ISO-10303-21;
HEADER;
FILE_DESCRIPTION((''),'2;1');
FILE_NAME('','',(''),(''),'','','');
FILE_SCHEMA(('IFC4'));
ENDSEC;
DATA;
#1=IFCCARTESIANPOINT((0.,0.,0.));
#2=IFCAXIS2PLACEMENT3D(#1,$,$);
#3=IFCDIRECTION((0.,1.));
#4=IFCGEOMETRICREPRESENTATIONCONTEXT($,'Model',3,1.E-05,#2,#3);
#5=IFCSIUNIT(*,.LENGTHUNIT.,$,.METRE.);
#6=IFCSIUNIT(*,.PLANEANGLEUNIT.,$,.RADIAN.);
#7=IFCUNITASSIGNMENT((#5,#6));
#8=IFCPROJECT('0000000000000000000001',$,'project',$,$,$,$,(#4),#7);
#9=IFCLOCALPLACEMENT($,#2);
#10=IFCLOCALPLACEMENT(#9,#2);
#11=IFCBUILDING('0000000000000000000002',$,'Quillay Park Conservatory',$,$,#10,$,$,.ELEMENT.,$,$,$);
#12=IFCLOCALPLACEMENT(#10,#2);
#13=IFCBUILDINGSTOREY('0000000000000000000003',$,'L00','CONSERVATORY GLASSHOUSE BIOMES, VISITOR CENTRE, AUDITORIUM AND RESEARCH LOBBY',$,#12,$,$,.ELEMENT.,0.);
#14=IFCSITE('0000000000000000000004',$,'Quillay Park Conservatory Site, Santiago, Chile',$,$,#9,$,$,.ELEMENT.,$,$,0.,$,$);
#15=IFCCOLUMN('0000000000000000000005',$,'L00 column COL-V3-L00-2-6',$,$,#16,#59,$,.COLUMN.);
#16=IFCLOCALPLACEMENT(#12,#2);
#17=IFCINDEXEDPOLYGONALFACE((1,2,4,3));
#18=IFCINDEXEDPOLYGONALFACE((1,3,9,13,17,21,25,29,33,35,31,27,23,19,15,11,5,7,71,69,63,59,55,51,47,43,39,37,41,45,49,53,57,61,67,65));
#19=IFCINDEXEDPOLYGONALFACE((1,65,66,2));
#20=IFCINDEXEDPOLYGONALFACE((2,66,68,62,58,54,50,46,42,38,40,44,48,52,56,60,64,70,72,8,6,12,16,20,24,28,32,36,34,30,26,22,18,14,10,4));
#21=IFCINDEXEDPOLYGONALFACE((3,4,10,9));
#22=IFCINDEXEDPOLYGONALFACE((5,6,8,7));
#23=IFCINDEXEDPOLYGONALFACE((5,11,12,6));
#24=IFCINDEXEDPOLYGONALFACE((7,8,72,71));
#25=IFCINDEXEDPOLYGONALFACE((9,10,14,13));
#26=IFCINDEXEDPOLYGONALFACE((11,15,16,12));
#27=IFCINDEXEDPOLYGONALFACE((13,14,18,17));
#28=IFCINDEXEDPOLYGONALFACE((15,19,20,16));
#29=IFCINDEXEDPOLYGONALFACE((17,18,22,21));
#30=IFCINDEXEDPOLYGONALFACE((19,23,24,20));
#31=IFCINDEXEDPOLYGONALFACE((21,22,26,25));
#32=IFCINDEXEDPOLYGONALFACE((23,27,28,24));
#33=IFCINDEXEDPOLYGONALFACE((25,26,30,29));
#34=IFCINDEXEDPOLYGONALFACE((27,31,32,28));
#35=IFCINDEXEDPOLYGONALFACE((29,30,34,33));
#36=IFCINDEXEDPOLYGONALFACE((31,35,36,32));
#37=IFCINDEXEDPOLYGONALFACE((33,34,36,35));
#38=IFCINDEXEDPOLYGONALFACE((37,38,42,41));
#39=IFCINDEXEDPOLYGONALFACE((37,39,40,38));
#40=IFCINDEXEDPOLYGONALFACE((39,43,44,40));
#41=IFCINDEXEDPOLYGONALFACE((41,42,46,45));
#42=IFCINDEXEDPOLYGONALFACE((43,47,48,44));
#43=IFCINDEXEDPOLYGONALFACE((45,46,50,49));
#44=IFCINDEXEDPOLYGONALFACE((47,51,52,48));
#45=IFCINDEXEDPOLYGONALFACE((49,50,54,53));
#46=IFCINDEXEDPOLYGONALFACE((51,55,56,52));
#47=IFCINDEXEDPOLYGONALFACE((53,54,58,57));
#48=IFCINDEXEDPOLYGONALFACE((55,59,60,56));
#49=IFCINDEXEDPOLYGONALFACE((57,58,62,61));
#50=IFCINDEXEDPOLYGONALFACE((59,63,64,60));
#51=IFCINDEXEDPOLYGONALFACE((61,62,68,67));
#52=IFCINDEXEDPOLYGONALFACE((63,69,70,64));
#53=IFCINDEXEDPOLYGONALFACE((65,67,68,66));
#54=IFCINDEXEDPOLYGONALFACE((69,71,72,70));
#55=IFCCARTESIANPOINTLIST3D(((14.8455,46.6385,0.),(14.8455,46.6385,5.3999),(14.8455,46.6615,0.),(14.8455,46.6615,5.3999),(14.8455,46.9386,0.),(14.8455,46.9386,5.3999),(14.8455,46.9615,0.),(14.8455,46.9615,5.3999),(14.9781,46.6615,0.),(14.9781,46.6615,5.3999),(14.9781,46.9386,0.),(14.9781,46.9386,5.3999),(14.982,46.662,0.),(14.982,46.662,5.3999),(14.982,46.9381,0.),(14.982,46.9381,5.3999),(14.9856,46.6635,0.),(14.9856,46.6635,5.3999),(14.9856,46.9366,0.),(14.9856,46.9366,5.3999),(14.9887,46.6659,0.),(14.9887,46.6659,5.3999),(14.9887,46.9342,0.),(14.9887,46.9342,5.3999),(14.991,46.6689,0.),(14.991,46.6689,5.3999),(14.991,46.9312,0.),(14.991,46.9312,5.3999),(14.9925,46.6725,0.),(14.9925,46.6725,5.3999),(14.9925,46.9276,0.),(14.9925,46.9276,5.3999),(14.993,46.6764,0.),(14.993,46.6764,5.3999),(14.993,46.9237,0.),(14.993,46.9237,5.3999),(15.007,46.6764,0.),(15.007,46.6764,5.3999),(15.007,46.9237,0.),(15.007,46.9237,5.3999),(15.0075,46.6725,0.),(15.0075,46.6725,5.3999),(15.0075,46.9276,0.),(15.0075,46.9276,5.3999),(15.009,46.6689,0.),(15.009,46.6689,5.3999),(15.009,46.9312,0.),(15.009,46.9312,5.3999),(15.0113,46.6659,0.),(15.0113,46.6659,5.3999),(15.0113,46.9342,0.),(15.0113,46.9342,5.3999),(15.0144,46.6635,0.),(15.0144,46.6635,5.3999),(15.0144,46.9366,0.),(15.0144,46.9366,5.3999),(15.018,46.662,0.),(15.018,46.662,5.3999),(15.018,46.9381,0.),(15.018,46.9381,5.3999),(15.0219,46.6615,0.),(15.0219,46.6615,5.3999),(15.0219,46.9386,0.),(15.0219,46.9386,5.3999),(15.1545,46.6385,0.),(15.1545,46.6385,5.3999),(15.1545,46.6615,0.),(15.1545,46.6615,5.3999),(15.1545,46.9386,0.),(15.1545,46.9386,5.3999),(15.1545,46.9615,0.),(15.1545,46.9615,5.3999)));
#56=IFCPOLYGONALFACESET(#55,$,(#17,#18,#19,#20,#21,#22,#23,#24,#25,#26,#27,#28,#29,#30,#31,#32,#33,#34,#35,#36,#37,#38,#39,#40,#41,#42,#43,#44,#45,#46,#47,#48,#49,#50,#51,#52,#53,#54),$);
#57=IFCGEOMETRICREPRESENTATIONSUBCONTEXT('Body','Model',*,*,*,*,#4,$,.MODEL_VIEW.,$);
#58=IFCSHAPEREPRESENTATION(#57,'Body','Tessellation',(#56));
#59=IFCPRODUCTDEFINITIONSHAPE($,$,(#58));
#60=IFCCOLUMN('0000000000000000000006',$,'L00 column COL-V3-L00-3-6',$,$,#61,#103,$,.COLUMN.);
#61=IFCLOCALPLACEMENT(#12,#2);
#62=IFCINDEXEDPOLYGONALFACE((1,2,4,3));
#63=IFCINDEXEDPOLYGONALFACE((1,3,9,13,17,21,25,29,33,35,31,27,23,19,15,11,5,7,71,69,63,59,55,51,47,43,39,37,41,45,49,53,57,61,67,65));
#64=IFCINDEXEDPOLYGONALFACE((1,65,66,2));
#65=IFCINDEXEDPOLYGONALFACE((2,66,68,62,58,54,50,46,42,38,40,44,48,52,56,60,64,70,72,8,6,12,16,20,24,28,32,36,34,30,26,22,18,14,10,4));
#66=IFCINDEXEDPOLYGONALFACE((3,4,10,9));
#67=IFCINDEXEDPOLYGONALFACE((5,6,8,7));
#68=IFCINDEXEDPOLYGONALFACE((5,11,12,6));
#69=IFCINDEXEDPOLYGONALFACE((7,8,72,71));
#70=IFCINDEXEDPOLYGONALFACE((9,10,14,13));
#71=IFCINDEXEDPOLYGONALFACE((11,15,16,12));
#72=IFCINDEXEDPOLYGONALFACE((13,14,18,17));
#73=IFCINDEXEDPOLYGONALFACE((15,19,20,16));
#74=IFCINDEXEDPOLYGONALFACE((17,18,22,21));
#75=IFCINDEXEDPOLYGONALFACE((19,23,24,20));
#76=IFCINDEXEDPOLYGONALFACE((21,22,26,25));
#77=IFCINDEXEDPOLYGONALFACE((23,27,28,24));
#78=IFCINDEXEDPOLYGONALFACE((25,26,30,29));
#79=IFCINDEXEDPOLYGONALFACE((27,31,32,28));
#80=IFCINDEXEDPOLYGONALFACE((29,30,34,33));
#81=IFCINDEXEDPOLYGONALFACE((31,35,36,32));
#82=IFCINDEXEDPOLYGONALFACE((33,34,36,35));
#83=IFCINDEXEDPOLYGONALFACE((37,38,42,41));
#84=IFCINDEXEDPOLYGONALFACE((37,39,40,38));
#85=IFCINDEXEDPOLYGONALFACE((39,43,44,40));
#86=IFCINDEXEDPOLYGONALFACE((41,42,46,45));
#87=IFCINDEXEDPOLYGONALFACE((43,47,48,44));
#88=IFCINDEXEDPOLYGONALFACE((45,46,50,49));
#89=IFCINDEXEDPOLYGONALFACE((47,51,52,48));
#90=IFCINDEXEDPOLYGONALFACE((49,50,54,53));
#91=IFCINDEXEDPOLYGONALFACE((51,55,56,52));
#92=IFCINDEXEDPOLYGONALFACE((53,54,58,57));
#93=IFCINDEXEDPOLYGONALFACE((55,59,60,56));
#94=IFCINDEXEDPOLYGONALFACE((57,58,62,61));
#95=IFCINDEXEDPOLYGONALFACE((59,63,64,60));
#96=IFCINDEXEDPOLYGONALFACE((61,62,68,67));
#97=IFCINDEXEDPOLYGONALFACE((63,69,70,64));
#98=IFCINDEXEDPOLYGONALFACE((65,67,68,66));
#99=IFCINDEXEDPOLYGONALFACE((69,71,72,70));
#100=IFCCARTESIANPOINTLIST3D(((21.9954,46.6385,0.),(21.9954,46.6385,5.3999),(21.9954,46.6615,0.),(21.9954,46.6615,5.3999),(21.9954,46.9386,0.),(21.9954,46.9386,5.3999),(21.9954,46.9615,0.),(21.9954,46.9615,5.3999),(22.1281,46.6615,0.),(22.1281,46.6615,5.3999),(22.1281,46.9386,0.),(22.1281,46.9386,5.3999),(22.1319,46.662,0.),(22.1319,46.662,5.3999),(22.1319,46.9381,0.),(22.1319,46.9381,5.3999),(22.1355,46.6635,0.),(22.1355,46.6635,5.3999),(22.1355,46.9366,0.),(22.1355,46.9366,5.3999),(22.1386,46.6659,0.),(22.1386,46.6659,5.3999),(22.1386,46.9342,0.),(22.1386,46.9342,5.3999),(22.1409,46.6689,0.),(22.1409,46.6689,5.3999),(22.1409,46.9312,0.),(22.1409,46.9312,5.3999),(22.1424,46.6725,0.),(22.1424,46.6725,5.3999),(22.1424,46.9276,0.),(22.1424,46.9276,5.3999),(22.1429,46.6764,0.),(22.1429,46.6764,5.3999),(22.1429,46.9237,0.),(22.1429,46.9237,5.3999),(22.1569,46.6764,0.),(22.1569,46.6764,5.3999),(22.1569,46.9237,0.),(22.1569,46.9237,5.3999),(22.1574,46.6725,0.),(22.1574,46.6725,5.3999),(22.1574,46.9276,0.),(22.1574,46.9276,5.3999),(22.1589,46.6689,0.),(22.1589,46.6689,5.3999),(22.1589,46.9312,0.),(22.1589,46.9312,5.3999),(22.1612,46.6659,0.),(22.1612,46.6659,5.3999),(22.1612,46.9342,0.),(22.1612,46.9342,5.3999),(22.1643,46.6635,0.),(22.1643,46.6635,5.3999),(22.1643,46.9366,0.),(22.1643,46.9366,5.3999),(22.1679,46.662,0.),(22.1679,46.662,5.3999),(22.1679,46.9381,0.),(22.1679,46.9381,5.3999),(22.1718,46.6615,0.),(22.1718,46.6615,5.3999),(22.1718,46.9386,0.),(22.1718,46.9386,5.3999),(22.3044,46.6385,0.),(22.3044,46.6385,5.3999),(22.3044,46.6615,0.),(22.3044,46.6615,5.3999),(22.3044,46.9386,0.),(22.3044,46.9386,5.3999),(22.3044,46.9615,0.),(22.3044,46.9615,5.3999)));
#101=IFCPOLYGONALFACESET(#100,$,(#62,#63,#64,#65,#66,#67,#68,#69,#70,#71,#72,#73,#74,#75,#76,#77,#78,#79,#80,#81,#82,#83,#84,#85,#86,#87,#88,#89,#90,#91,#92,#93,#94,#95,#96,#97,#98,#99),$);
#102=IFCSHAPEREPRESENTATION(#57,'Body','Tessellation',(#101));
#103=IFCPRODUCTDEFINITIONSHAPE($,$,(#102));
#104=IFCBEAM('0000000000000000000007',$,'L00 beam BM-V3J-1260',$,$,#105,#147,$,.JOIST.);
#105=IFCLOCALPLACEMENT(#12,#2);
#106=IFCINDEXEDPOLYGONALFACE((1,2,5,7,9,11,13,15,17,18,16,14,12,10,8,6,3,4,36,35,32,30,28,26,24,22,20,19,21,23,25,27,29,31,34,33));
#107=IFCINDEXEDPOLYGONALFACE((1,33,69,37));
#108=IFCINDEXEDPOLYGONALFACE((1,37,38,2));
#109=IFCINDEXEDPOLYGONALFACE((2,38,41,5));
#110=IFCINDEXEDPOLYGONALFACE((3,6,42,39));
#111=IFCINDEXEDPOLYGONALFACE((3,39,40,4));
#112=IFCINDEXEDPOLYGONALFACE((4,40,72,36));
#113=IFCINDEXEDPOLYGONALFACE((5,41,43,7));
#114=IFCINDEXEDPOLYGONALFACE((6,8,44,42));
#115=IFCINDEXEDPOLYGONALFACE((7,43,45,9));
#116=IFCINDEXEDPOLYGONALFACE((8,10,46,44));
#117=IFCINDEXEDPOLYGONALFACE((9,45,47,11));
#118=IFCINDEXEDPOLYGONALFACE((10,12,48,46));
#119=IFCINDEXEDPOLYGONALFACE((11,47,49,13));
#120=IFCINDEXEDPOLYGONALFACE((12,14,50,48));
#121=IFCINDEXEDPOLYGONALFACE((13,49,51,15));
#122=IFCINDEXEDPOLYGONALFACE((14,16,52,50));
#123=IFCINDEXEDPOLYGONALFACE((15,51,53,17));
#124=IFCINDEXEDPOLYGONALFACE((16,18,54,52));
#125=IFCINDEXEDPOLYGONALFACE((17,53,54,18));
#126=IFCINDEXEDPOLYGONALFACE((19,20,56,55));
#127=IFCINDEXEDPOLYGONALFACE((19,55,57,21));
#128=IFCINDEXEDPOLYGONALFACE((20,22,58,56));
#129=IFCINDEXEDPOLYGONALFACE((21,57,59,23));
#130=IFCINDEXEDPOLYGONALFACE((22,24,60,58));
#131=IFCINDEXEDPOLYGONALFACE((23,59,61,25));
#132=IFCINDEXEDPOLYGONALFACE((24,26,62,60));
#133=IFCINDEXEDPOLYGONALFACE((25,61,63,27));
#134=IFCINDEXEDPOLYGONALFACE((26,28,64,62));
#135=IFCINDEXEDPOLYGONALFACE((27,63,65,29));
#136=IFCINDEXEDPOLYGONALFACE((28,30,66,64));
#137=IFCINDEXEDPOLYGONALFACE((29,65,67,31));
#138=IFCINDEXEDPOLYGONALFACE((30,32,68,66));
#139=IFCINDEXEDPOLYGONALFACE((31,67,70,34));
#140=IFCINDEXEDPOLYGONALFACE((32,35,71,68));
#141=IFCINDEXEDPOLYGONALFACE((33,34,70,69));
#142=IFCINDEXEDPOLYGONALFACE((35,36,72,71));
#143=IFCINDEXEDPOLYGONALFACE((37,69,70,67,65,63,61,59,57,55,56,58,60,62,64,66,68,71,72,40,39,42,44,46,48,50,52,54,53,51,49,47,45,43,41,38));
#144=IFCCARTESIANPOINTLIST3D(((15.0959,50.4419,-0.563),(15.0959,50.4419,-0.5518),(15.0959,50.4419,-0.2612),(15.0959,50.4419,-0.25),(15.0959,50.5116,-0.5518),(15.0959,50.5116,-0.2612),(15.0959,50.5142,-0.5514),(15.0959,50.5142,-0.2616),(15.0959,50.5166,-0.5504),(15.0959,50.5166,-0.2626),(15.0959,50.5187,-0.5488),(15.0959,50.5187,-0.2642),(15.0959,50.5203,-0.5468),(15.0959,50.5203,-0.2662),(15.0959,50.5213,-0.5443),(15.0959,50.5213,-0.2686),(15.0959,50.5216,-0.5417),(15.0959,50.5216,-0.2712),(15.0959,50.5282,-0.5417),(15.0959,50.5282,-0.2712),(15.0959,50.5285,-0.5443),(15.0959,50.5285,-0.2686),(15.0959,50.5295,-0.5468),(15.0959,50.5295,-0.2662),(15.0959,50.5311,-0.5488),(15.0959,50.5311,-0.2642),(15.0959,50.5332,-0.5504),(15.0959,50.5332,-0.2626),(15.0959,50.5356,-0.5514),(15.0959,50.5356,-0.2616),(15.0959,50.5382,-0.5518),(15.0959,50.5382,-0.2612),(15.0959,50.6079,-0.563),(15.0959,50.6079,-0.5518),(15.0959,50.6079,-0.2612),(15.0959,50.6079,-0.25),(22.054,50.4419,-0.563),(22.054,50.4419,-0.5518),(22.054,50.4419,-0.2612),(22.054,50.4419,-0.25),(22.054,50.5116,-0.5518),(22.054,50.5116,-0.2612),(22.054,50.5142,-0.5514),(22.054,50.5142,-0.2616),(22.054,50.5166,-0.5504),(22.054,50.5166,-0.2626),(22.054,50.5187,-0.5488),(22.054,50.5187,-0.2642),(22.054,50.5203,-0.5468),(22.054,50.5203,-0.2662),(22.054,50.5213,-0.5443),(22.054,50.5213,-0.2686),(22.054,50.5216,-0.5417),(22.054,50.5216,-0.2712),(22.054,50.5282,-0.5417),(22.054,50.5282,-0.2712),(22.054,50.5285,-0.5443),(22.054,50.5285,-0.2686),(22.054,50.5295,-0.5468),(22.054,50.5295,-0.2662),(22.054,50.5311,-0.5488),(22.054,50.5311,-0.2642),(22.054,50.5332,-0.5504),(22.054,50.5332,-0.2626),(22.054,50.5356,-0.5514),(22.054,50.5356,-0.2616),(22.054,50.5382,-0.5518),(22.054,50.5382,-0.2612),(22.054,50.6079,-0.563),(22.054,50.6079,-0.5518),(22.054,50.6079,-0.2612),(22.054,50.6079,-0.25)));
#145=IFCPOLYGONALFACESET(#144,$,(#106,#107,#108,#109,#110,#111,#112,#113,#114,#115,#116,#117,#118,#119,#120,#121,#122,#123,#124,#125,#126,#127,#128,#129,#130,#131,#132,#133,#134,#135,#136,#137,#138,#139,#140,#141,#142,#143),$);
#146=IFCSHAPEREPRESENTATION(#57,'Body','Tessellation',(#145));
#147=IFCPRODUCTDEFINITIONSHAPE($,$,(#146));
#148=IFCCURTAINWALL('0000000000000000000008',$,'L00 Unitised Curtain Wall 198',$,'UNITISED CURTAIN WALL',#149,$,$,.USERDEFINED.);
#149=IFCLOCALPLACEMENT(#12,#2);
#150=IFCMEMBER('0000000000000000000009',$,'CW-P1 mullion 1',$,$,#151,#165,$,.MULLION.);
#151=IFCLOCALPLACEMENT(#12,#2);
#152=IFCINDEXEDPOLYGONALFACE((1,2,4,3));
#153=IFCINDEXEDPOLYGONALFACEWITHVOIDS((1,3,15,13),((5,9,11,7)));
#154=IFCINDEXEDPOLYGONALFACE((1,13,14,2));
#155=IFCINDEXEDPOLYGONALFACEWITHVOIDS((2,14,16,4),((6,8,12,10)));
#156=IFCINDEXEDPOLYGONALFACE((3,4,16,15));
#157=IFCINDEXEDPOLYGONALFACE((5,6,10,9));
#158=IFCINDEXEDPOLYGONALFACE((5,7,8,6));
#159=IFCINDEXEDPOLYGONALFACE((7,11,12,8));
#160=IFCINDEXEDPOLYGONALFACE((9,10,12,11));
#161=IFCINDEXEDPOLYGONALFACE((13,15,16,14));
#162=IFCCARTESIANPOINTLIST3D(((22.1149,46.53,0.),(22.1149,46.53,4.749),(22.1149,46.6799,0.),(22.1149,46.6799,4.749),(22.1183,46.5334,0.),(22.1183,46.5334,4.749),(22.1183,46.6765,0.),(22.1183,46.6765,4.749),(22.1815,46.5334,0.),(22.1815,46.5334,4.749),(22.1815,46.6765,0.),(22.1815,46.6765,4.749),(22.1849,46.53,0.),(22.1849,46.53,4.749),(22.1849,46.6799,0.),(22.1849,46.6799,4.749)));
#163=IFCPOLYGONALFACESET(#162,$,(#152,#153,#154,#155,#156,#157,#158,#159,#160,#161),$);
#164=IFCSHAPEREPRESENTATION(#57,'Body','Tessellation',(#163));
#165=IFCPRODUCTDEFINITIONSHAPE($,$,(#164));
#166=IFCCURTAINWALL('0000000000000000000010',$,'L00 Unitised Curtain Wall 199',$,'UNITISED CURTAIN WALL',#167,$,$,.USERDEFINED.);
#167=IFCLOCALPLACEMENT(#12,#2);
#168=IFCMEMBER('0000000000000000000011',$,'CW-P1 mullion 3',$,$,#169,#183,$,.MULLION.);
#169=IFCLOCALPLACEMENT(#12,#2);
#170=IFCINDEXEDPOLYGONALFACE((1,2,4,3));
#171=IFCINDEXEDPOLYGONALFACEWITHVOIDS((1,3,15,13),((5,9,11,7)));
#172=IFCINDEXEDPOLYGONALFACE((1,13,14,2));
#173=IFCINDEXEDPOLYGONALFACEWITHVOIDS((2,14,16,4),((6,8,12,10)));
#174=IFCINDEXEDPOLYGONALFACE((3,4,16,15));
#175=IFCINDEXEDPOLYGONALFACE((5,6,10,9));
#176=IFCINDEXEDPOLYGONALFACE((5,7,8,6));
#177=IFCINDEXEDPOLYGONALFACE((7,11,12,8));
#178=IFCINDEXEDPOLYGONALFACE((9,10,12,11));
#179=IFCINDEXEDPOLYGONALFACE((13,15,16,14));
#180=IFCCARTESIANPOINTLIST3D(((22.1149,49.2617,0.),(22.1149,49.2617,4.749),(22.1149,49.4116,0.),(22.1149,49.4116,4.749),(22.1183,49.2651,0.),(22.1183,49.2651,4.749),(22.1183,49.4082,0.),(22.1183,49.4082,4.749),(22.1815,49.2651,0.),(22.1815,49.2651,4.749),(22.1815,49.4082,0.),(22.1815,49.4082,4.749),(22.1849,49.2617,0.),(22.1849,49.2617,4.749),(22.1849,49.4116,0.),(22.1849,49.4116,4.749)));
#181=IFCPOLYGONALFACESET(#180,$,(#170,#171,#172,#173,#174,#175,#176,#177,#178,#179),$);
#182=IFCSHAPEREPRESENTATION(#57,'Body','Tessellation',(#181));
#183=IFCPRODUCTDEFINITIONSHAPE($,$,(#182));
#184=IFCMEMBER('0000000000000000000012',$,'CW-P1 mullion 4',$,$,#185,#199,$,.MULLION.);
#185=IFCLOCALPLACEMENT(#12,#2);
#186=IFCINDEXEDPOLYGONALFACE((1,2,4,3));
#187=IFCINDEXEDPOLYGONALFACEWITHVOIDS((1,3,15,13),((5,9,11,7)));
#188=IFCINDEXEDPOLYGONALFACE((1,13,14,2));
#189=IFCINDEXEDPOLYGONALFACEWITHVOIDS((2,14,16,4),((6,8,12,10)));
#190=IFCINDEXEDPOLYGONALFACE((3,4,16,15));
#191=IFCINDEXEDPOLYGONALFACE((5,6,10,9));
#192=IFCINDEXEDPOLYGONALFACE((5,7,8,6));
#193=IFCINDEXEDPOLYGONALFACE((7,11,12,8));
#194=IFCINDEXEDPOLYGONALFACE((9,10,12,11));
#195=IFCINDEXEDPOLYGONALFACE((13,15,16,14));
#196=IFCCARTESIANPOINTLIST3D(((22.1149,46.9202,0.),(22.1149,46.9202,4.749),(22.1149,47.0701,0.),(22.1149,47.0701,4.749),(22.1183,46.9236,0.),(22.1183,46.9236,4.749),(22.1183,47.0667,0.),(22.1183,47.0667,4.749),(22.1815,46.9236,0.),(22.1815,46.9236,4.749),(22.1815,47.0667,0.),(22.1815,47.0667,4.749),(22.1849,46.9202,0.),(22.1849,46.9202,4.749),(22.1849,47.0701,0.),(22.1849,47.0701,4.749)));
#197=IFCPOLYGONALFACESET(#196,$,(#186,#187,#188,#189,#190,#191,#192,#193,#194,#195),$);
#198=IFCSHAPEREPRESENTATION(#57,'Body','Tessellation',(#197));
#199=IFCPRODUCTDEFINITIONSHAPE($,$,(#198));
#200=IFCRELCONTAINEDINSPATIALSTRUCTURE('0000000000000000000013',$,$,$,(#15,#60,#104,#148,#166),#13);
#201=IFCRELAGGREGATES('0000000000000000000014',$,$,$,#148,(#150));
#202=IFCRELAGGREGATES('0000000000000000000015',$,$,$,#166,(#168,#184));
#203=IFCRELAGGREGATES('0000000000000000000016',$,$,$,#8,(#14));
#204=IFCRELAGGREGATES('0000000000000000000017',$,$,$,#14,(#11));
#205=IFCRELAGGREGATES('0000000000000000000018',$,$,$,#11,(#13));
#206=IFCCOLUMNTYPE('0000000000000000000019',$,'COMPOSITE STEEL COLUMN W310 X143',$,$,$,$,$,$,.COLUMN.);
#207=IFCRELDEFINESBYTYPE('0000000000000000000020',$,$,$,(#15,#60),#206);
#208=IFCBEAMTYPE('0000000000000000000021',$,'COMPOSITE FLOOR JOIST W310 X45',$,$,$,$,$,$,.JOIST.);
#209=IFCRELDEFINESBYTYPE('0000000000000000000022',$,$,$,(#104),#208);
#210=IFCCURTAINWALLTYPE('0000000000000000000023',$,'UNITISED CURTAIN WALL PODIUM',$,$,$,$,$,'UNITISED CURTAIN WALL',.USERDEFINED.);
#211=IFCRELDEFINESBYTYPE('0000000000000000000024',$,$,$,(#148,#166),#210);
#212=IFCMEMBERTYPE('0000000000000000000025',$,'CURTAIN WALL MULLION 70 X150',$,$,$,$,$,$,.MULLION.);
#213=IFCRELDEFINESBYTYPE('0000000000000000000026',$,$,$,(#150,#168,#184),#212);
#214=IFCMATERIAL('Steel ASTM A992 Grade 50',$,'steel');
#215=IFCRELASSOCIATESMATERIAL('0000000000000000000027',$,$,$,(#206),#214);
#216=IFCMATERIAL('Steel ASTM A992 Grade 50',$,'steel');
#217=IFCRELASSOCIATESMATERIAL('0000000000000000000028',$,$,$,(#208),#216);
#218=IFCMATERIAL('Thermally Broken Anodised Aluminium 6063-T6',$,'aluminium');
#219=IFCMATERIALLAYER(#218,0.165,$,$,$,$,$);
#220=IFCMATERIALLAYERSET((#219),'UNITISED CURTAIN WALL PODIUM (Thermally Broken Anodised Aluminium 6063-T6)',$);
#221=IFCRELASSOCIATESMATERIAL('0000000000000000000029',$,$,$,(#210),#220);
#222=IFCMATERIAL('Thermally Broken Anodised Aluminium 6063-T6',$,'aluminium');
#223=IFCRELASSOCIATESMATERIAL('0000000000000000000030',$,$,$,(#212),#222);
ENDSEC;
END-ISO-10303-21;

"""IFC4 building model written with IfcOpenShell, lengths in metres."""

from ifc_helpers import new_model, si_unit, direction, frame, origin, origin_2d, place, context, subcontext, project, spatial, hollow_rectangle, i_section, extrude, material, layer, layer_set, material_profile, profile_set, type_object, element, aggregate, save


model = new_model("IFC4")

# Units and contexts
model_context = context("Model", 3, precision=1e-05, world=origin(), true_north=direction((0.0, 1.0)))
body_context = subcontext(model_context, "Body", "Model", "MODEL_VIEW")
ifc_project = project(units=[si_unit("LENGTHUNIT", "METRE"), si_unit("PLANEANGLEUNIT", "RADIAN")], contexts=[model_context])

# Site, building, storey
site_placement = place(None, origin())
site = spatial("IfcSite", under=ifc_project, at=site_placement, Name="Quillay Park Conservatory Site, Santiago, Chile", CompositionType="ELEMENT", RefElevation=0.0)
building_placement = place(site_placement, origin())
building = spatial("IfcBuilding", under=site, at=building_placement, Name="Quillay Park Conservatory", CompositionType="ELEMENT")
storey_placement = place(building_placement, origin())
storey = spatial("IfcBuildingStorey", under=building, at=storey_placement, Name="L00", Description="CONSERVATORY GLASSHOUSE BIOMES, VISITOR CENTRE, AUDITORIUM AND RESEARCH LOBBY", CompositionType="ELEMENT", Elevation=0.0)

# Columns
ifc_material_1 = material(Name="Steel ASTM A992 Grade 50", Category="steel")
ifc_material_profile_1 = material_profile(ifc_material_1, i_section(OverallWidth=0.3091, OverallDepth=0.323, WebThickness=0.0139, FlangeThickness=0.0229, FilletRadius=0.0149, at=origin_2d()), Name="W310x143")
ifc_profile_set_1 = profile_set([ifc_material_profile_1], Name="Steel ASTM A992 Grade 50")
column_type = type_object("IfcColumnType", Name="COMPOSITE STEEL COLUMN W310 X143", PredefinedType="COLUMN", material=ifc_profile_set_1)
for number, where, z_axis, x_axis, name in (
    (1, (15.0, 46.8, 0.0), (0.0, 0.0, 1.0), (1.0, 0.0, 0.0), "L00 column COL-V3-L00-2-6"),
    (2, (22.1499, 46.8, 0.0), (0.0, 0.0, 1.0), (1.0, 0.0, 0.0), "L00 column COL-V3-L00-3-6"),
):
    element("IfcColumn", number, at=place(storey_placement, frame(where, z_axis=z_axis, x_axis=x_axis)), inside=storey, type_object=column_type, Name=name, PredefinedType="COLUMN", context=body_context, shape_type="SweptSolid", body=[
        extrude(i_section(OverallWidth=0.3091, OverallDepth=0.323, WebThickness=0.0139, FlangeThickness=0.0229, FilletRadius=0.0149, at=origin_2d()), origin(), (0.0, 0.0, 1.0), 5.3999),
    ])

# Beam
ifc_material_2 = material(Name="Steel ASTM A992 Grade 50", Category="steel")
ifc_material_profile_2 = material_profile(ifc_material_2, i_section(OverallWidth=0.166, OverallDepth=0.313, WebThickness=0.0066, FlangeThickness=0.0112, FilletRadius=0.01, at=origin_2d()), Name="W310x45")
ifc_profile_set_2 = profile_set([ifc_material_profile_2], Name="Steel ASTM A992 Grade 50")
beam_type_1 = type_object("IfcBeamType", Name="COMPOSITE FLOOR JOIST W310 X45", PredefinedType="JOIST", material=ifc_profile_set_2)
beam_1_placement = place(storey_placement, frame((15.0959, 50.5249, -0.4065), z_axis=(1.0, 0.0, 0.0), x_axis=(0.0, 1.0, 0.0)))
element("IfcBeam", 3, at=beam_1_placement, inside=storey, type_object=beam_type_1, Name="L00 beam BM-V3J-1260", PredefinedType="JOIST", context=body_context, shape_type="SweptSolid", body=[
    extrude(i_section(OverallWidth=0.166, OverallDepth=0.313, WebThickness=0.0066, FlangeThickness=0.0112, FilletRadius=0.01, at=origin_2d()), origin(), (0.0, 0.0, 1.0), 6.958),
])

# Curtain wall, member
ifc_material_3 = material(Name="Thermally Broken Anodised Aluminium 6063-T6", Category="aluminium")
ifc_layer_1 = layer(ifc_material_3, 0.165)
ifc_layer_set_1 = layer_set([ifc_layer_1], Name="UNITISED CURTAIN WALL PODIUM (Thermally Broken Anodised Aluminium 6063-T6)")
curtain_wall_type = type_object("IfcCurtainWallType", Name="UNITISED CURTAIN WALL PODIUM", ElementType="UNITISED CURTAIN WALL", PredefinedType="USERDEFINED", material=ifc_layer_set_1)
curtain_wall_1_placement = place(storey_placement, origin())
curtain_wall_1 = element("IfcCurtainWall", 4, at=curtain_wall_1_placement, inside=storey, type_object=curtain_wall_type, Name="L00 Unitised Curtain Wall 198", ObjectType="UNITISED CURTAIN WALL", PredefinedType="USERDEFINED")
ifc_material_4 = material(Name="Thermally Broken Anodised Aluminium 6063-T6", Category="aluminium")
ifc_material_profile_3 = material_profile(ifc_material_4, hollow_rectangle(XDim=0.0701, YDim=0.1499, WallThickness=0.0034, at=origin_2d()), Name="AL70x150x3.5")
ifc_profile_set_3 = profile_set([ifc_material_profile_3], Name="Thermally Broken Anodised Aluminium 6063-T6")
member_type_1 = type_object("IfcMemberType", Name="CURTAIN WALL MULLION 70 X150", PredefinedType="MULLION", material=ifc_profile_set_3)
member_1_placement = place(storey_placement, frame((22.1499, 46.605, 0.0), z_axis=(0.0, 0.0, 1.0), x_axis=(1.0, 0.0, 0.0)))
member_1 = element("IfcMember", 5, at=member_1_placement, type_object=member_type_1, Name="CW-P1 mullion 1", PredefinedType="MULLION", context=body_context, shape_type="SweptSolid", body=[
    extrude(hollow_rectangle(XDim=0.0701, YDim=0.1499, WallThickness=0.0034, at=origin_2d()), origin(), (0.0, 0.0, 1.0), 4.749),
])

# Curtain wall, members
curtain_wall_2_placement = place(storey_placement, origin())
curtain_wall_2 = element("IfcCurtainWall", 6, at=curtain_wall_2_placement, inside=storey, type_object=curtain_wall_type, Name="L00 Unitised Curtain Wall 199", ObjectType="UNITISED CURTAIN WALL", PredefinedType="USERDEFINED")
member_2_placement = place(storey_placement, frame((22.1499, 49.3367, 0.0), z_axis=(0.0, 0.0, 1.0), x_axis=(1.0, 0.0, 0.0)))
member_2 = element("IfcMember", 7, at=member_2_placement, type_object=member_type_1, Name="CW-P1 mullion 3", PredefinedType="MULLION", context=body_context, shape_type="SweptSolid", body=[
    extrude(hollow_rectangle(XDim=0.0701, YDim=0.1499, WallThickness=0.0034, at=origin_2d()), origin(), (0.0, 0.0, 1.0), 4.749),
])
member_3_placement = place(storey_placement, frame((22.1499, 46.9951, 0.0), z_axis=(0.0, 0.0, 1.0), x_axis=(1.0, 0.0, 0.0)))
member_3 = element("IfcMember", 8, at=member_3_placement, type_object=member_type_1, Name="CW-P1 mullion 4", PredefinedType="MULLION", context=body_context, shape_type="SweptSolid", body=[
    extrude(hollow_rectangle(XDim=0.0701, YDim=0.1499, WallThickness=0.0034, at=origin_2d()), origin(), (0.0, 0.0, 1.0), 4.749),
])

aggregate(curtain_wall_1, [member_1])

aggregate(curtain_wall_2, [member_2, member_3])

save(model, "model.ifc")
